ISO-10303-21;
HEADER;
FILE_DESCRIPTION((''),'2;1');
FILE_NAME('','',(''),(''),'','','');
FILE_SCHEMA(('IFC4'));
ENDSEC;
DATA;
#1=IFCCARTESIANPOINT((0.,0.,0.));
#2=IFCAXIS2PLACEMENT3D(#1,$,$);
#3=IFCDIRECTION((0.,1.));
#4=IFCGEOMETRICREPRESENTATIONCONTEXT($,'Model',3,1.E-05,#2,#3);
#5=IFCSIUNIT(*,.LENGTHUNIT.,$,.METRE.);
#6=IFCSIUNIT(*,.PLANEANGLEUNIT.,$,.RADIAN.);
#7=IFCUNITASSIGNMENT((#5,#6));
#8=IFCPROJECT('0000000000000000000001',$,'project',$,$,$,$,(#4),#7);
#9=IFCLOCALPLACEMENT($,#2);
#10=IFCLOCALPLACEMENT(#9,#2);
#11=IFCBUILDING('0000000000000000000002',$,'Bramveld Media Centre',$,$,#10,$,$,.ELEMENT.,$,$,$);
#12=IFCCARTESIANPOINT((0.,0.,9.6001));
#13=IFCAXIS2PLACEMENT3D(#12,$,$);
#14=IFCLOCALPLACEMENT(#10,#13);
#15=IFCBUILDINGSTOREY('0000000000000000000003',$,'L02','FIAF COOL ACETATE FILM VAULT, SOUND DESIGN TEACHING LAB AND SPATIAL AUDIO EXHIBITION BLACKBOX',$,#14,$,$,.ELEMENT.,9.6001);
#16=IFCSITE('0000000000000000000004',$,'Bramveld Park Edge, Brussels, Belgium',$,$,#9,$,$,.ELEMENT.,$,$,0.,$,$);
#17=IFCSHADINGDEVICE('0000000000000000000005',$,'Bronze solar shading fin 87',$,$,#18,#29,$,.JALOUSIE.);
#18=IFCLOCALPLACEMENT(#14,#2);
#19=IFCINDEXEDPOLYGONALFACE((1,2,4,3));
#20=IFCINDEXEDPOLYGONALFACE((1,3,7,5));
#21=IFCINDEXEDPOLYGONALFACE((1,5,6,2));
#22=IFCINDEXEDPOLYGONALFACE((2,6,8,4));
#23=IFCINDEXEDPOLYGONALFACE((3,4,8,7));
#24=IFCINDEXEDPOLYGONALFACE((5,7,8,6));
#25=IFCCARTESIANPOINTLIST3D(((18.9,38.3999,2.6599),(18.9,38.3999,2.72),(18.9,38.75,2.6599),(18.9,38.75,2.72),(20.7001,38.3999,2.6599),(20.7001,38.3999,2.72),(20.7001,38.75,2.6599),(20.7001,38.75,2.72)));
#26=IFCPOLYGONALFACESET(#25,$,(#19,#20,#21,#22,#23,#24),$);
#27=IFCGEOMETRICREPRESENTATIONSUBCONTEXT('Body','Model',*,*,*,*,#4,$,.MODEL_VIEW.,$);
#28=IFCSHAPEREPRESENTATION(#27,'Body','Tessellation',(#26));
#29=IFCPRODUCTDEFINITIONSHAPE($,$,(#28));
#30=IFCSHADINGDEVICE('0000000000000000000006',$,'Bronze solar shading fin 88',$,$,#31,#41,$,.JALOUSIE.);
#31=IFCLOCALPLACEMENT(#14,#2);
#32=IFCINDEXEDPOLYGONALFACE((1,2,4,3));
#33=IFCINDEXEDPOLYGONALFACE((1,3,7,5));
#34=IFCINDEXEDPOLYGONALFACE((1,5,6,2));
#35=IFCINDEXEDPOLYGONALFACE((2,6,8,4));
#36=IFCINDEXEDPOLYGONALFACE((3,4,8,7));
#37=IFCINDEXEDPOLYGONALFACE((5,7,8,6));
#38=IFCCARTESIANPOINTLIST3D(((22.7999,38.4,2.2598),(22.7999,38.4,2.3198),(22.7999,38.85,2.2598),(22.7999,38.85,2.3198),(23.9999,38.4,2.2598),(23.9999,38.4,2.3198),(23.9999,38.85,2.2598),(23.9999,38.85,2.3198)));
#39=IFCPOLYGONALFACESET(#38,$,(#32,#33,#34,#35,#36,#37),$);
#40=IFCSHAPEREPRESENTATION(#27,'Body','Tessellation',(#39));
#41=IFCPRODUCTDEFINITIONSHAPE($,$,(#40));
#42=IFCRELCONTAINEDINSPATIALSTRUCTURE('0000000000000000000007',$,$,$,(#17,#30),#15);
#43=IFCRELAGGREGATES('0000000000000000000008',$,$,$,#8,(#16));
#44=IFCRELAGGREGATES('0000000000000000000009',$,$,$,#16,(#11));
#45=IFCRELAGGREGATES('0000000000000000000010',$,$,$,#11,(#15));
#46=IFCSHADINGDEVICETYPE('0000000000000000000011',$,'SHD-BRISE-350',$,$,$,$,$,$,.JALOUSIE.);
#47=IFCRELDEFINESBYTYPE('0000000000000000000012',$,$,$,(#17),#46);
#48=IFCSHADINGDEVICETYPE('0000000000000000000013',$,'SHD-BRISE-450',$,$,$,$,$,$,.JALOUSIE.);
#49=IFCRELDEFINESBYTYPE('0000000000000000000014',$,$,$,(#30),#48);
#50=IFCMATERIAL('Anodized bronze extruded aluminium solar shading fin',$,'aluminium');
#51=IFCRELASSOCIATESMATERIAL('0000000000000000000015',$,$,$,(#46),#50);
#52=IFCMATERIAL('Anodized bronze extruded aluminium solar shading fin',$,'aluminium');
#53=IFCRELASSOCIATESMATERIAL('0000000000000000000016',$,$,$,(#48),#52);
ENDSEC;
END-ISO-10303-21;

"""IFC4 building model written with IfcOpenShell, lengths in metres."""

from ifc_helpers import new_model, si_unit, direction, frame, origin, origin_2d, place, context, subcontext, project, spatial, rectangle, extrude, material, type_object, element, save


model = new_model("IFC4")

# Units and contexts
model_context = context("Model", 3, precision=1e-05, world=origin(), true_north=direction((0.0, 1.0)))
body_context = subcontext(model_context, "Body", "Model", "MODEL_VIEW")
ifc_project = project(units=[si_unit("LENGTHUNIT", "METRE"), si_unit("PLANEANGLEUNIT", "RADIAN")], contexts=[model_context])

# Site, building, storey
site_placement = place(None, origin())
site = spatial("IfcSite", under=ifc_project, at=site_placement, Name="Bramveld Park Edge, Brussels, Belgium", CompositionType="ELEMENT", RefElevation=0.0)
building_placement = place(site_placement, origin())
building = spatial("IfcBuilding", under=site, at=building_placement, Name="Bramveld Media Centre", CompositionType="ELEMENT")
storey_placement = place(building_placement, frame((0.0, 0.0, 9.6001)))
storey = spatial("IfcBuildingStorey", under=building, at=storey_placement, Name="L02", Description="FIAF COOL ACETATE FILM VAULT, SOUND DESIGN TEACHING LAB AND SPATIAL AUDIO EXHIBITION BLACKBOX", CompositionType="ELEMENT", Elevation=9.6001)

# Shading devices
ifc_material_1 = material(Name="Anodized bronze extruded aluminium solar shading fin", Category="aluminium")
shading_device_type_1 = type_object("IfcShadingDeviceType", Name="SHD-BRISE-350", PredefinedType="JALOUSIE", material=ifc_material_1)
shading_device_1_placement = place(storey_placement, frame((19.8, 38.575, 2.6599), z_axis=(0.0, 0.0, 1.0), x_axis=(1.0, 0.0, 0.0)))
element("IfcShadingDevice", 1, at=shading_device_1_placement, inside=storey, type_object=shading_device_type_1, Name="Bronze solar shading fin 87", PredefinedType="JALOUSIE", context=body_context, shape_type="SweptSolid", body=[
    extrude(rectangle(XDim=1.8, YDim=0.3501, at=origin_2d()), origin(), (0.0, 0.0, 1.0), 0.0601),
])
ifc_material_2 = material(Name="Anodized bronze extruded aluminium solar shading fin", Category="aluminium")
shading_device_type_2 = type_object("IfcShadingDeviceType", Name="SHD-BRISE-450", PredefinedType="JALOUSIE", material=ifc_material_2)
shading_device_2_placement = place(storey_placement, frame((23.3999, 38.625, 2.2598), z_axis=(0.0, 0.0, 1.0), x_axis=(1.0, 0.0, 0.0)))
element("IfcShadingDevice", 2, at=shading_device_2_placement, inside=storey, type_object=shading_device_type_2, Name="Bronze solar shading fin 88", PredefinedType="JALOUSIE", context=body_context, shape_type="SweptSolid", body=[
    extrude(rectangle(XDim=1.2, YDim=0.45, at=origin_2d()), origin(), (0.0, 0.0, 1.0), 0.0601),
])

save(model, "model.ifc")
